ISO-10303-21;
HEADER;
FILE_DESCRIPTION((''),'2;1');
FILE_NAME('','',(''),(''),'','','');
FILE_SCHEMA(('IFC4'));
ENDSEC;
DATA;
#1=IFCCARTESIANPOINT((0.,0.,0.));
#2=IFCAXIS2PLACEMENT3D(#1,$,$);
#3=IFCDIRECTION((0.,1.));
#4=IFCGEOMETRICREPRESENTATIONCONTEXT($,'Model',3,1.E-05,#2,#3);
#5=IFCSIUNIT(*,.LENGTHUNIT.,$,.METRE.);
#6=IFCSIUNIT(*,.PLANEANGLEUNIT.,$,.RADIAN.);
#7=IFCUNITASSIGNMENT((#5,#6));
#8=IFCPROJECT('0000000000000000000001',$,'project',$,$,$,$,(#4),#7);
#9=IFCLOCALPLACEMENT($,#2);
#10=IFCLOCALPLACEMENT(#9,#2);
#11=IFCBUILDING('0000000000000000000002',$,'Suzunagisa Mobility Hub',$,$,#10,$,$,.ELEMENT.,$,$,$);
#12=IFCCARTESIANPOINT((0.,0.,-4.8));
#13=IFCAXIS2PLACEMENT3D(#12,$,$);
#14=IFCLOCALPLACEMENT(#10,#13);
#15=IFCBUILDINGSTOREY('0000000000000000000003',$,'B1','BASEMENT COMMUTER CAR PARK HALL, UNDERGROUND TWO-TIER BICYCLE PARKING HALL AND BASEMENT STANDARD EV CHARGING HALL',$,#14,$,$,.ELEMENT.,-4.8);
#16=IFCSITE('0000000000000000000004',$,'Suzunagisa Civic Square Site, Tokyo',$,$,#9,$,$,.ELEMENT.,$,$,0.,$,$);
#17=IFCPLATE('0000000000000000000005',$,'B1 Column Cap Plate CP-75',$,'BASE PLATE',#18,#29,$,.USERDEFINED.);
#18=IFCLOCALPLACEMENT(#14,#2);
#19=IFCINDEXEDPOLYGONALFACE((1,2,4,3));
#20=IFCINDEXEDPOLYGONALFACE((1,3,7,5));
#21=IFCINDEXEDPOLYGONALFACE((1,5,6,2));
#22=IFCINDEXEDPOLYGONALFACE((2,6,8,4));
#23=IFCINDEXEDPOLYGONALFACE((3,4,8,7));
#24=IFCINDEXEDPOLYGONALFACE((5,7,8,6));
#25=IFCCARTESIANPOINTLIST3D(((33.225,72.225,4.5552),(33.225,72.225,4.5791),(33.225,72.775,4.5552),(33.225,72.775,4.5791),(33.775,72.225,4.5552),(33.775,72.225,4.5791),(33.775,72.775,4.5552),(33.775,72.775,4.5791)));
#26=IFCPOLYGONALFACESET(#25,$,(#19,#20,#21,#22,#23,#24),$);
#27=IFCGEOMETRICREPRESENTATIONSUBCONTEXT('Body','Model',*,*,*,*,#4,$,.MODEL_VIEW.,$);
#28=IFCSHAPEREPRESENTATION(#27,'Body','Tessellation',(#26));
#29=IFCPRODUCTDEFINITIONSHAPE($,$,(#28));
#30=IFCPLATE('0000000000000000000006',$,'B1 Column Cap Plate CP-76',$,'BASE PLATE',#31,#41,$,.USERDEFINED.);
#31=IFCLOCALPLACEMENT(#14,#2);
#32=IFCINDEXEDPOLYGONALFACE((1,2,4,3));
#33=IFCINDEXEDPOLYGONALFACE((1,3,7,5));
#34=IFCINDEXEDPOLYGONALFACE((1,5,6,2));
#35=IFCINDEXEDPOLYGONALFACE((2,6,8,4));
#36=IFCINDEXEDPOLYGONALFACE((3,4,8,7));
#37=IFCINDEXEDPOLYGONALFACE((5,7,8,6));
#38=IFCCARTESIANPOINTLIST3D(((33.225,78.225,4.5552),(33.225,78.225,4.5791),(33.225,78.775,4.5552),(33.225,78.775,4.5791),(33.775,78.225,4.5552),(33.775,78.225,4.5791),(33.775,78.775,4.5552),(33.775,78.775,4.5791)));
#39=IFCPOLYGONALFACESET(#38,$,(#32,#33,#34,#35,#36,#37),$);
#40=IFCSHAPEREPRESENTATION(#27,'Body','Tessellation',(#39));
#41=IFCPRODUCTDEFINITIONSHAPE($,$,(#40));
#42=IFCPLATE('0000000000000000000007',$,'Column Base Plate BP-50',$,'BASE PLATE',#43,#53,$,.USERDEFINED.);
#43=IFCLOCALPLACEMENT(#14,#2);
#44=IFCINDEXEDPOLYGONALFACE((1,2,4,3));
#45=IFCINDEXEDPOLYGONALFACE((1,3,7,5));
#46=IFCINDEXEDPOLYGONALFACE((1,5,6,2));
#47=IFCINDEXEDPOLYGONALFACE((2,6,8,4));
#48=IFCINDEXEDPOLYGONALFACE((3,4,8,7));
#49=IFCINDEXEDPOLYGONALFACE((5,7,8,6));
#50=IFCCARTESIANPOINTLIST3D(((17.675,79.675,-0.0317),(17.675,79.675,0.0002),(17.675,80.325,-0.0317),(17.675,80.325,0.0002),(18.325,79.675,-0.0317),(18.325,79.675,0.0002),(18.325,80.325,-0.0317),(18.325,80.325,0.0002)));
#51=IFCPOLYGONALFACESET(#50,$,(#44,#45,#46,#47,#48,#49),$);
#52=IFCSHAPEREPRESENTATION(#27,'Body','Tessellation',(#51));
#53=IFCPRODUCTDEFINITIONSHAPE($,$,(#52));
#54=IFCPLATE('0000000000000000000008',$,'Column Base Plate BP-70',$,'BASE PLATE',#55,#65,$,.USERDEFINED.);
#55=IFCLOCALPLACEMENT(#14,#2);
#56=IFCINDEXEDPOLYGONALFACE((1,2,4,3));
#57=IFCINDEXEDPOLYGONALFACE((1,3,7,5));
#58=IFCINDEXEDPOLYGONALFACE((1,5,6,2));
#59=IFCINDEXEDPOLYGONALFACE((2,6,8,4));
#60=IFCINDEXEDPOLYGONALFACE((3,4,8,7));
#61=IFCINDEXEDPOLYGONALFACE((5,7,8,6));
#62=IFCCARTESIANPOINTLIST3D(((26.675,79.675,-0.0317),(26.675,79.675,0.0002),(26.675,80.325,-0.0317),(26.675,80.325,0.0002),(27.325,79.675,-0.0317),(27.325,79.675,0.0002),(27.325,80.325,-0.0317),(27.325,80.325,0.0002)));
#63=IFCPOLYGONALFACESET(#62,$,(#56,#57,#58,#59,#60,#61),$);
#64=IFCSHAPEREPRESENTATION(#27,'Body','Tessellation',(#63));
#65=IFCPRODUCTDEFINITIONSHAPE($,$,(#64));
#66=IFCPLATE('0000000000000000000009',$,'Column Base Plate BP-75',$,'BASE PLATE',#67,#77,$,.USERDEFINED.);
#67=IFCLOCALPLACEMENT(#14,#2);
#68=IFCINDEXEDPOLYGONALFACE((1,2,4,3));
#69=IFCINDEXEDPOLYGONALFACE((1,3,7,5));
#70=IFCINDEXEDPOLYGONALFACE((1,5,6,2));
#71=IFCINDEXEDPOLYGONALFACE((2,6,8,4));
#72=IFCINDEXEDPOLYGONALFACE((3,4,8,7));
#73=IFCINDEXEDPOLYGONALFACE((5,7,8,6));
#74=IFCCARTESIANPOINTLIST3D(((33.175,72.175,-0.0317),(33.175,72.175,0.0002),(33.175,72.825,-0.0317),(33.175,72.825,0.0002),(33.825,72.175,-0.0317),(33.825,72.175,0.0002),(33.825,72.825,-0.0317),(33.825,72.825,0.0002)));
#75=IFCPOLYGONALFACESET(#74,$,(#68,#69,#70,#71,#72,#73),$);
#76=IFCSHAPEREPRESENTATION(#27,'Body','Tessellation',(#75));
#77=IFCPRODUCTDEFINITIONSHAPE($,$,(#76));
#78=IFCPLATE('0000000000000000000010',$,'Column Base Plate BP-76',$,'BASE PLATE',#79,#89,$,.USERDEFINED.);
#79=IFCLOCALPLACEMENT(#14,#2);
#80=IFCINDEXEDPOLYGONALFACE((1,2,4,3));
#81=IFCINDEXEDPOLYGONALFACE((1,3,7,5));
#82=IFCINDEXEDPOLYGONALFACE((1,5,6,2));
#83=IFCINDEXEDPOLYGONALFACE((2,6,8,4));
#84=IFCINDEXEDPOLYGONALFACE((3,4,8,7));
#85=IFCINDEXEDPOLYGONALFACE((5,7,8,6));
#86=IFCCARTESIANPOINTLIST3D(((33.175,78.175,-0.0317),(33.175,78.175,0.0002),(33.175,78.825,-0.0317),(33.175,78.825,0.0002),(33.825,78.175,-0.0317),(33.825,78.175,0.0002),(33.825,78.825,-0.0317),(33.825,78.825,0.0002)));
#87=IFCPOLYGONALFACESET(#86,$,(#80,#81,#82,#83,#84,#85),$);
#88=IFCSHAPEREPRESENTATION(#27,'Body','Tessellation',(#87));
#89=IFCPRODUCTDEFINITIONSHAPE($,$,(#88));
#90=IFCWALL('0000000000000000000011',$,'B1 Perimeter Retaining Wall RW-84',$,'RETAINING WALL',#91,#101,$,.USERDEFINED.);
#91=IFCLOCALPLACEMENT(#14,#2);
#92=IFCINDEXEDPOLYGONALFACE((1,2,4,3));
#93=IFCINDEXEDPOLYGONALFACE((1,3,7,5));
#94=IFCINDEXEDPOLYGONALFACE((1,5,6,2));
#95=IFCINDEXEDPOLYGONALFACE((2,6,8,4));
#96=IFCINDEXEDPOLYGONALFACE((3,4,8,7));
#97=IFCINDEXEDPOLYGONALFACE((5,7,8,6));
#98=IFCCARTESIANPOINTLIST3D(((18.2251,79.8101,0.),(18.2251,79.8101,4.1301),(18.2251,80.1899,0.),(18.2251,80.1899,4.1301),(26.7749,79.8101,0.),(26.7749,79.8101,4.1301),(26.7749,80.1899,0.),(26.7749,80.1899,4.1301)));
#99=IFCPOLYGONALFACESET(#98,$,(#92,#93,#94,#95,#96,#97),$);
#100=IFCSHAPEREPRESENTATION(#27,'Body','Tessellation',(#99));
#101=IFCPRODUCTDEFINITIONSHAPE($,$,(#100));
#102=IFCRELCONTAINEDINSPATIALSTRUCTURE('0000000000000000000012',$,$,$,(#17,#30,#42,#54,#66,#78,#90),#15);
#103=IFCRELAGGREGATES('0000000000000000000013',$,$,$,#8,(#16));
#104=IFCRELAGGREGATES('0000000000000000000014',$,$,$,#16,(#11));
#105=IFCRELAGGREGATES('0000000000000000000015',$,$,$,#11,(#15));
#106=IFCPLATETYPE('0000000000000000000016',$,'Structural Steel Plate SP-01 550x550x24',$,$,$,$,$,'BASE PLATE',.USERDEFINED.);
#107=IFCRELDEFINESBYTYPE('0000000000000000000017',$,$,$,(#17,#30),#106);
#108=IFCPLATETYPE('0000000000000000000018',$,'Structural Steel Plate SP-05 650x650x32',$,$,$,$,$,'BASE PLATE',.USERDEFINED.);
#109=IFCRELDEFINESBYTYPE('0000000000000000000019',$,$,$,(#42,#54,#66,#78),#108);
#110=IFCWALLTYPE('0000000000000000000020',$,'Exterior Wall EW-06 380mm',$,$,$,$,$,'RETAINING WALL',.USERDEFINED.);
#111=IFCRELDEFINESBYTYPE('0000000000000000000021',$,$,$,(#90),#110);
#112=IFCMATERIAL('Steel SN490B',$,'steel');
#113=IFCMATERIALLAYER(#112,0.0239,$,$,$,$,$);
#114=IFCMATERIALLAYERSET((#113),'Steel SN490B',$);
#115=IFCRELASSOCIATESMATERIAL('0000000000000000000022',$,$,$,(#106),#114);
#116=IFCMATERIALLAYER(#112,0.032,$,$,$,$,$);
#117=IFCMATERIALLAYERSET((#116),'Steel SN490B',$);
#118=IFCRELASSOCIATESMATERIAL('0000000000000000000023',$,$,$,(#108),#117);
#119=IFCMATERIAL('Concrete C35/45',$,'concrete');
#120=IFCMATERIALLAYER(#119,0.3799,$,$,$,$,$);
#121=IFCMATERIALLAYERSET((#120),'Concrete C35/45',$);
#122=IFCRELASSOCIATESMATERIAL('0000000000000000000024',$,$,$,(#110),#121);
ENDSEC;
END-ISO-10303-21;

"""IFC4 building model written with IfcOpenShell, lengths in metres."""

from ifc_helpers import new_model, si_unit, direction, frame, frame_2d, origin, origin_2d, place, context, subcontext, project, spatial, rectangle, extrude, material, layer, layer_set, type_object, element, save


model = new_model("IFC4")

# Units and contexts
model_context = context("Model", 3, precision=1e-05, world=origin(), true_north=direction((0.0, 1.0)))
body_context = subcontext(model_context, "Body", "Model", "MODEL_VIEW")
ifc_project = project(units=[si_unit("LENGTHUNIT", "METRE"), si_unit("PLANEANGLEUNIT", "RADIAN")], contexts=[model_context])

# Site, building, storey
site_placement = place(None, origin())
site = spatial("IfcSite", under=ifc_project, at=site_placement, Name="Suzunagisa Civic Square Site, Tokyo", CompositionType="ELEMENT", RefElevation=0.0)
building_placement = place(site_placement, origin())
building = spatial("IfcBuilding", under=site, at=building_placement, Name="Suzunagisa Mobility Hub", CompositionType="ELEMENT")
storey_placement = place(building_placement, frame((0.0, 0.0, -4.8)))
storey = spatial("IfcBuildingStorey", under=building, at=storey_placement, Name="B1", Description="BASEMENT COMMUTER CAR PARK HALL, UNDERGROUND TWO-TIER BICYCLE PARKING HALL AND BASEMENT STANDARD EV CHARGING HALL", CompositionType="ELEMENT", Elevation=-4.8)

# Shared definitions
ifc_material_1 = material(Name="Steel SN490B", Category="steel")

# Plates
ifc_layer_1 = layer(ifc_material_1, 0.0239)
ifc_layer_set_1 = layer_set([ifc_layer_1], Name="Steel SN490B")
plate_type_1 = type_object("IfcPlateType", Name="Structural Steel Plate SP-01 550x550x24", ElementType="BASE PLATE", PredefinedType="USERDEFINED", material=ifc_layer_set_1)
for number, where, z_axis, x_axis, name in (
    (1, (33.5, 72.5, 4.5552), (0.0, 0.0, 1.0), (1.0, 0.0, 0.0), "B1 Column Cap Plate CP-75"),
    (2, (33.5, 78.5, 4.5552), (0.0, 0.0, 1.0), (1.0, 0.0, 0.0), "B1 Column Cap Plate CP-76"),
):
    element("IfcPlate", number, at=place(storey_placement, frame(where, z_axis=z_axis, x_axis=x_axis)), inside=storey, type_object=plate_type_1, Name=name, ObjectType="BASE PLATE", PredefinedType="USERDEFINED", context=body_context, shape_type="SweptSolid", body=[
        extrude(rectangle(XDim=0.55, YDim=0.55, at=origin_2d()), origin(), (0.0, 0.0, 1.0), 0.0239),
    ])
ifc_layer_2 = layer(ifc_material_1, 0.032)
ifc_layer_set_2 = layer_set([ifc_layer_2], Name="Steel SN490B")
plate_type_2 = type_object("IfcPlateType", Name="Structural Steel Plate SP-05 650x650x32", ElementType="BASE PLATE", PredefinedType="USERDEFINED", material=ifc_layer_set_2)
for number, where, z_axis, x_axis, name in (
    (3, (18.0, 80.0, -0.0317), (0.0, 0.0, 1.0), (1.0, 0.0, 0.0), "Column Base Plate BP-50"),
    (4, (27.0, 80.0, -0.0317), (0.0, 0.0, 1.0), (1.0, 0.0, 0.0), "Column Base Plate BP-70"),
    (5, (33.5, 72.5, -0.0317), (0.0, 0.0, 1.0), (1.0, 0.0, 0.0), "Column Base Plate BP-75"),
    (6, (33.5, 78.5, -0.0317), (0.0, 0.0, 1.0), (1.0, 0.0, 0.0), "Column Base Plate BP-76"),
):
    element("IfcPlate", number, at=place(storey_placement, frame(where, z_axis=z_axis, x_axis=x_axis)), inside=storey, type_object=plate_type_2, Name=name, ObjectType="BASE PLATE", PredefinedType="USERDEFINED", context=body_context, shape_type="SweptSolid", body=[
        extrude(rectangle(XDim=0.6499, YDim=0.6499, at=origin_2d()), origin(), (0.0, 0.0, 1.0), 0.032),
    ])

# Wall
ifc_material_2 = material(Name="Concrete C35/45", Category="concrete")
ifc_layer_3 = layer(ifc_material_2, 0.3799)
ifc_layer_set_3 = layer_set([ifc_layer_3], Name="Concrete C35/45")
wall_type = type_object("IfcWallType", Name="Exterior Wall EW-06 380mm", ElementType="RETAINING WALL", PredefinedType="USERDEFINED", material=ifc_layer_set_3)
wall_placement = place(storey_placement, frame((18.2251, 80.0, 0.0), z_axis=(0.0, 0.0, 1.0), x_axis=(1.0, 0.0, 0.0)))
element("IfcWall", 7, at=wall_placement, inside=storey, type_object=wall_type, Name="B1 Perimeter Retaining Wall RW-84", ObjectType="RETAINING WALL", PredefinedType="USERDEFINED", context=body_context, shape_type="SweptSolid", body=[
    extrude(rectangle(XDim=8.5498, YDim=0.3799, at=frame_2d((4.2749, 0.0))), origin(), (0.0, 0.0, 1.0), 4.1301),
])

save(model, "model.ifc")
